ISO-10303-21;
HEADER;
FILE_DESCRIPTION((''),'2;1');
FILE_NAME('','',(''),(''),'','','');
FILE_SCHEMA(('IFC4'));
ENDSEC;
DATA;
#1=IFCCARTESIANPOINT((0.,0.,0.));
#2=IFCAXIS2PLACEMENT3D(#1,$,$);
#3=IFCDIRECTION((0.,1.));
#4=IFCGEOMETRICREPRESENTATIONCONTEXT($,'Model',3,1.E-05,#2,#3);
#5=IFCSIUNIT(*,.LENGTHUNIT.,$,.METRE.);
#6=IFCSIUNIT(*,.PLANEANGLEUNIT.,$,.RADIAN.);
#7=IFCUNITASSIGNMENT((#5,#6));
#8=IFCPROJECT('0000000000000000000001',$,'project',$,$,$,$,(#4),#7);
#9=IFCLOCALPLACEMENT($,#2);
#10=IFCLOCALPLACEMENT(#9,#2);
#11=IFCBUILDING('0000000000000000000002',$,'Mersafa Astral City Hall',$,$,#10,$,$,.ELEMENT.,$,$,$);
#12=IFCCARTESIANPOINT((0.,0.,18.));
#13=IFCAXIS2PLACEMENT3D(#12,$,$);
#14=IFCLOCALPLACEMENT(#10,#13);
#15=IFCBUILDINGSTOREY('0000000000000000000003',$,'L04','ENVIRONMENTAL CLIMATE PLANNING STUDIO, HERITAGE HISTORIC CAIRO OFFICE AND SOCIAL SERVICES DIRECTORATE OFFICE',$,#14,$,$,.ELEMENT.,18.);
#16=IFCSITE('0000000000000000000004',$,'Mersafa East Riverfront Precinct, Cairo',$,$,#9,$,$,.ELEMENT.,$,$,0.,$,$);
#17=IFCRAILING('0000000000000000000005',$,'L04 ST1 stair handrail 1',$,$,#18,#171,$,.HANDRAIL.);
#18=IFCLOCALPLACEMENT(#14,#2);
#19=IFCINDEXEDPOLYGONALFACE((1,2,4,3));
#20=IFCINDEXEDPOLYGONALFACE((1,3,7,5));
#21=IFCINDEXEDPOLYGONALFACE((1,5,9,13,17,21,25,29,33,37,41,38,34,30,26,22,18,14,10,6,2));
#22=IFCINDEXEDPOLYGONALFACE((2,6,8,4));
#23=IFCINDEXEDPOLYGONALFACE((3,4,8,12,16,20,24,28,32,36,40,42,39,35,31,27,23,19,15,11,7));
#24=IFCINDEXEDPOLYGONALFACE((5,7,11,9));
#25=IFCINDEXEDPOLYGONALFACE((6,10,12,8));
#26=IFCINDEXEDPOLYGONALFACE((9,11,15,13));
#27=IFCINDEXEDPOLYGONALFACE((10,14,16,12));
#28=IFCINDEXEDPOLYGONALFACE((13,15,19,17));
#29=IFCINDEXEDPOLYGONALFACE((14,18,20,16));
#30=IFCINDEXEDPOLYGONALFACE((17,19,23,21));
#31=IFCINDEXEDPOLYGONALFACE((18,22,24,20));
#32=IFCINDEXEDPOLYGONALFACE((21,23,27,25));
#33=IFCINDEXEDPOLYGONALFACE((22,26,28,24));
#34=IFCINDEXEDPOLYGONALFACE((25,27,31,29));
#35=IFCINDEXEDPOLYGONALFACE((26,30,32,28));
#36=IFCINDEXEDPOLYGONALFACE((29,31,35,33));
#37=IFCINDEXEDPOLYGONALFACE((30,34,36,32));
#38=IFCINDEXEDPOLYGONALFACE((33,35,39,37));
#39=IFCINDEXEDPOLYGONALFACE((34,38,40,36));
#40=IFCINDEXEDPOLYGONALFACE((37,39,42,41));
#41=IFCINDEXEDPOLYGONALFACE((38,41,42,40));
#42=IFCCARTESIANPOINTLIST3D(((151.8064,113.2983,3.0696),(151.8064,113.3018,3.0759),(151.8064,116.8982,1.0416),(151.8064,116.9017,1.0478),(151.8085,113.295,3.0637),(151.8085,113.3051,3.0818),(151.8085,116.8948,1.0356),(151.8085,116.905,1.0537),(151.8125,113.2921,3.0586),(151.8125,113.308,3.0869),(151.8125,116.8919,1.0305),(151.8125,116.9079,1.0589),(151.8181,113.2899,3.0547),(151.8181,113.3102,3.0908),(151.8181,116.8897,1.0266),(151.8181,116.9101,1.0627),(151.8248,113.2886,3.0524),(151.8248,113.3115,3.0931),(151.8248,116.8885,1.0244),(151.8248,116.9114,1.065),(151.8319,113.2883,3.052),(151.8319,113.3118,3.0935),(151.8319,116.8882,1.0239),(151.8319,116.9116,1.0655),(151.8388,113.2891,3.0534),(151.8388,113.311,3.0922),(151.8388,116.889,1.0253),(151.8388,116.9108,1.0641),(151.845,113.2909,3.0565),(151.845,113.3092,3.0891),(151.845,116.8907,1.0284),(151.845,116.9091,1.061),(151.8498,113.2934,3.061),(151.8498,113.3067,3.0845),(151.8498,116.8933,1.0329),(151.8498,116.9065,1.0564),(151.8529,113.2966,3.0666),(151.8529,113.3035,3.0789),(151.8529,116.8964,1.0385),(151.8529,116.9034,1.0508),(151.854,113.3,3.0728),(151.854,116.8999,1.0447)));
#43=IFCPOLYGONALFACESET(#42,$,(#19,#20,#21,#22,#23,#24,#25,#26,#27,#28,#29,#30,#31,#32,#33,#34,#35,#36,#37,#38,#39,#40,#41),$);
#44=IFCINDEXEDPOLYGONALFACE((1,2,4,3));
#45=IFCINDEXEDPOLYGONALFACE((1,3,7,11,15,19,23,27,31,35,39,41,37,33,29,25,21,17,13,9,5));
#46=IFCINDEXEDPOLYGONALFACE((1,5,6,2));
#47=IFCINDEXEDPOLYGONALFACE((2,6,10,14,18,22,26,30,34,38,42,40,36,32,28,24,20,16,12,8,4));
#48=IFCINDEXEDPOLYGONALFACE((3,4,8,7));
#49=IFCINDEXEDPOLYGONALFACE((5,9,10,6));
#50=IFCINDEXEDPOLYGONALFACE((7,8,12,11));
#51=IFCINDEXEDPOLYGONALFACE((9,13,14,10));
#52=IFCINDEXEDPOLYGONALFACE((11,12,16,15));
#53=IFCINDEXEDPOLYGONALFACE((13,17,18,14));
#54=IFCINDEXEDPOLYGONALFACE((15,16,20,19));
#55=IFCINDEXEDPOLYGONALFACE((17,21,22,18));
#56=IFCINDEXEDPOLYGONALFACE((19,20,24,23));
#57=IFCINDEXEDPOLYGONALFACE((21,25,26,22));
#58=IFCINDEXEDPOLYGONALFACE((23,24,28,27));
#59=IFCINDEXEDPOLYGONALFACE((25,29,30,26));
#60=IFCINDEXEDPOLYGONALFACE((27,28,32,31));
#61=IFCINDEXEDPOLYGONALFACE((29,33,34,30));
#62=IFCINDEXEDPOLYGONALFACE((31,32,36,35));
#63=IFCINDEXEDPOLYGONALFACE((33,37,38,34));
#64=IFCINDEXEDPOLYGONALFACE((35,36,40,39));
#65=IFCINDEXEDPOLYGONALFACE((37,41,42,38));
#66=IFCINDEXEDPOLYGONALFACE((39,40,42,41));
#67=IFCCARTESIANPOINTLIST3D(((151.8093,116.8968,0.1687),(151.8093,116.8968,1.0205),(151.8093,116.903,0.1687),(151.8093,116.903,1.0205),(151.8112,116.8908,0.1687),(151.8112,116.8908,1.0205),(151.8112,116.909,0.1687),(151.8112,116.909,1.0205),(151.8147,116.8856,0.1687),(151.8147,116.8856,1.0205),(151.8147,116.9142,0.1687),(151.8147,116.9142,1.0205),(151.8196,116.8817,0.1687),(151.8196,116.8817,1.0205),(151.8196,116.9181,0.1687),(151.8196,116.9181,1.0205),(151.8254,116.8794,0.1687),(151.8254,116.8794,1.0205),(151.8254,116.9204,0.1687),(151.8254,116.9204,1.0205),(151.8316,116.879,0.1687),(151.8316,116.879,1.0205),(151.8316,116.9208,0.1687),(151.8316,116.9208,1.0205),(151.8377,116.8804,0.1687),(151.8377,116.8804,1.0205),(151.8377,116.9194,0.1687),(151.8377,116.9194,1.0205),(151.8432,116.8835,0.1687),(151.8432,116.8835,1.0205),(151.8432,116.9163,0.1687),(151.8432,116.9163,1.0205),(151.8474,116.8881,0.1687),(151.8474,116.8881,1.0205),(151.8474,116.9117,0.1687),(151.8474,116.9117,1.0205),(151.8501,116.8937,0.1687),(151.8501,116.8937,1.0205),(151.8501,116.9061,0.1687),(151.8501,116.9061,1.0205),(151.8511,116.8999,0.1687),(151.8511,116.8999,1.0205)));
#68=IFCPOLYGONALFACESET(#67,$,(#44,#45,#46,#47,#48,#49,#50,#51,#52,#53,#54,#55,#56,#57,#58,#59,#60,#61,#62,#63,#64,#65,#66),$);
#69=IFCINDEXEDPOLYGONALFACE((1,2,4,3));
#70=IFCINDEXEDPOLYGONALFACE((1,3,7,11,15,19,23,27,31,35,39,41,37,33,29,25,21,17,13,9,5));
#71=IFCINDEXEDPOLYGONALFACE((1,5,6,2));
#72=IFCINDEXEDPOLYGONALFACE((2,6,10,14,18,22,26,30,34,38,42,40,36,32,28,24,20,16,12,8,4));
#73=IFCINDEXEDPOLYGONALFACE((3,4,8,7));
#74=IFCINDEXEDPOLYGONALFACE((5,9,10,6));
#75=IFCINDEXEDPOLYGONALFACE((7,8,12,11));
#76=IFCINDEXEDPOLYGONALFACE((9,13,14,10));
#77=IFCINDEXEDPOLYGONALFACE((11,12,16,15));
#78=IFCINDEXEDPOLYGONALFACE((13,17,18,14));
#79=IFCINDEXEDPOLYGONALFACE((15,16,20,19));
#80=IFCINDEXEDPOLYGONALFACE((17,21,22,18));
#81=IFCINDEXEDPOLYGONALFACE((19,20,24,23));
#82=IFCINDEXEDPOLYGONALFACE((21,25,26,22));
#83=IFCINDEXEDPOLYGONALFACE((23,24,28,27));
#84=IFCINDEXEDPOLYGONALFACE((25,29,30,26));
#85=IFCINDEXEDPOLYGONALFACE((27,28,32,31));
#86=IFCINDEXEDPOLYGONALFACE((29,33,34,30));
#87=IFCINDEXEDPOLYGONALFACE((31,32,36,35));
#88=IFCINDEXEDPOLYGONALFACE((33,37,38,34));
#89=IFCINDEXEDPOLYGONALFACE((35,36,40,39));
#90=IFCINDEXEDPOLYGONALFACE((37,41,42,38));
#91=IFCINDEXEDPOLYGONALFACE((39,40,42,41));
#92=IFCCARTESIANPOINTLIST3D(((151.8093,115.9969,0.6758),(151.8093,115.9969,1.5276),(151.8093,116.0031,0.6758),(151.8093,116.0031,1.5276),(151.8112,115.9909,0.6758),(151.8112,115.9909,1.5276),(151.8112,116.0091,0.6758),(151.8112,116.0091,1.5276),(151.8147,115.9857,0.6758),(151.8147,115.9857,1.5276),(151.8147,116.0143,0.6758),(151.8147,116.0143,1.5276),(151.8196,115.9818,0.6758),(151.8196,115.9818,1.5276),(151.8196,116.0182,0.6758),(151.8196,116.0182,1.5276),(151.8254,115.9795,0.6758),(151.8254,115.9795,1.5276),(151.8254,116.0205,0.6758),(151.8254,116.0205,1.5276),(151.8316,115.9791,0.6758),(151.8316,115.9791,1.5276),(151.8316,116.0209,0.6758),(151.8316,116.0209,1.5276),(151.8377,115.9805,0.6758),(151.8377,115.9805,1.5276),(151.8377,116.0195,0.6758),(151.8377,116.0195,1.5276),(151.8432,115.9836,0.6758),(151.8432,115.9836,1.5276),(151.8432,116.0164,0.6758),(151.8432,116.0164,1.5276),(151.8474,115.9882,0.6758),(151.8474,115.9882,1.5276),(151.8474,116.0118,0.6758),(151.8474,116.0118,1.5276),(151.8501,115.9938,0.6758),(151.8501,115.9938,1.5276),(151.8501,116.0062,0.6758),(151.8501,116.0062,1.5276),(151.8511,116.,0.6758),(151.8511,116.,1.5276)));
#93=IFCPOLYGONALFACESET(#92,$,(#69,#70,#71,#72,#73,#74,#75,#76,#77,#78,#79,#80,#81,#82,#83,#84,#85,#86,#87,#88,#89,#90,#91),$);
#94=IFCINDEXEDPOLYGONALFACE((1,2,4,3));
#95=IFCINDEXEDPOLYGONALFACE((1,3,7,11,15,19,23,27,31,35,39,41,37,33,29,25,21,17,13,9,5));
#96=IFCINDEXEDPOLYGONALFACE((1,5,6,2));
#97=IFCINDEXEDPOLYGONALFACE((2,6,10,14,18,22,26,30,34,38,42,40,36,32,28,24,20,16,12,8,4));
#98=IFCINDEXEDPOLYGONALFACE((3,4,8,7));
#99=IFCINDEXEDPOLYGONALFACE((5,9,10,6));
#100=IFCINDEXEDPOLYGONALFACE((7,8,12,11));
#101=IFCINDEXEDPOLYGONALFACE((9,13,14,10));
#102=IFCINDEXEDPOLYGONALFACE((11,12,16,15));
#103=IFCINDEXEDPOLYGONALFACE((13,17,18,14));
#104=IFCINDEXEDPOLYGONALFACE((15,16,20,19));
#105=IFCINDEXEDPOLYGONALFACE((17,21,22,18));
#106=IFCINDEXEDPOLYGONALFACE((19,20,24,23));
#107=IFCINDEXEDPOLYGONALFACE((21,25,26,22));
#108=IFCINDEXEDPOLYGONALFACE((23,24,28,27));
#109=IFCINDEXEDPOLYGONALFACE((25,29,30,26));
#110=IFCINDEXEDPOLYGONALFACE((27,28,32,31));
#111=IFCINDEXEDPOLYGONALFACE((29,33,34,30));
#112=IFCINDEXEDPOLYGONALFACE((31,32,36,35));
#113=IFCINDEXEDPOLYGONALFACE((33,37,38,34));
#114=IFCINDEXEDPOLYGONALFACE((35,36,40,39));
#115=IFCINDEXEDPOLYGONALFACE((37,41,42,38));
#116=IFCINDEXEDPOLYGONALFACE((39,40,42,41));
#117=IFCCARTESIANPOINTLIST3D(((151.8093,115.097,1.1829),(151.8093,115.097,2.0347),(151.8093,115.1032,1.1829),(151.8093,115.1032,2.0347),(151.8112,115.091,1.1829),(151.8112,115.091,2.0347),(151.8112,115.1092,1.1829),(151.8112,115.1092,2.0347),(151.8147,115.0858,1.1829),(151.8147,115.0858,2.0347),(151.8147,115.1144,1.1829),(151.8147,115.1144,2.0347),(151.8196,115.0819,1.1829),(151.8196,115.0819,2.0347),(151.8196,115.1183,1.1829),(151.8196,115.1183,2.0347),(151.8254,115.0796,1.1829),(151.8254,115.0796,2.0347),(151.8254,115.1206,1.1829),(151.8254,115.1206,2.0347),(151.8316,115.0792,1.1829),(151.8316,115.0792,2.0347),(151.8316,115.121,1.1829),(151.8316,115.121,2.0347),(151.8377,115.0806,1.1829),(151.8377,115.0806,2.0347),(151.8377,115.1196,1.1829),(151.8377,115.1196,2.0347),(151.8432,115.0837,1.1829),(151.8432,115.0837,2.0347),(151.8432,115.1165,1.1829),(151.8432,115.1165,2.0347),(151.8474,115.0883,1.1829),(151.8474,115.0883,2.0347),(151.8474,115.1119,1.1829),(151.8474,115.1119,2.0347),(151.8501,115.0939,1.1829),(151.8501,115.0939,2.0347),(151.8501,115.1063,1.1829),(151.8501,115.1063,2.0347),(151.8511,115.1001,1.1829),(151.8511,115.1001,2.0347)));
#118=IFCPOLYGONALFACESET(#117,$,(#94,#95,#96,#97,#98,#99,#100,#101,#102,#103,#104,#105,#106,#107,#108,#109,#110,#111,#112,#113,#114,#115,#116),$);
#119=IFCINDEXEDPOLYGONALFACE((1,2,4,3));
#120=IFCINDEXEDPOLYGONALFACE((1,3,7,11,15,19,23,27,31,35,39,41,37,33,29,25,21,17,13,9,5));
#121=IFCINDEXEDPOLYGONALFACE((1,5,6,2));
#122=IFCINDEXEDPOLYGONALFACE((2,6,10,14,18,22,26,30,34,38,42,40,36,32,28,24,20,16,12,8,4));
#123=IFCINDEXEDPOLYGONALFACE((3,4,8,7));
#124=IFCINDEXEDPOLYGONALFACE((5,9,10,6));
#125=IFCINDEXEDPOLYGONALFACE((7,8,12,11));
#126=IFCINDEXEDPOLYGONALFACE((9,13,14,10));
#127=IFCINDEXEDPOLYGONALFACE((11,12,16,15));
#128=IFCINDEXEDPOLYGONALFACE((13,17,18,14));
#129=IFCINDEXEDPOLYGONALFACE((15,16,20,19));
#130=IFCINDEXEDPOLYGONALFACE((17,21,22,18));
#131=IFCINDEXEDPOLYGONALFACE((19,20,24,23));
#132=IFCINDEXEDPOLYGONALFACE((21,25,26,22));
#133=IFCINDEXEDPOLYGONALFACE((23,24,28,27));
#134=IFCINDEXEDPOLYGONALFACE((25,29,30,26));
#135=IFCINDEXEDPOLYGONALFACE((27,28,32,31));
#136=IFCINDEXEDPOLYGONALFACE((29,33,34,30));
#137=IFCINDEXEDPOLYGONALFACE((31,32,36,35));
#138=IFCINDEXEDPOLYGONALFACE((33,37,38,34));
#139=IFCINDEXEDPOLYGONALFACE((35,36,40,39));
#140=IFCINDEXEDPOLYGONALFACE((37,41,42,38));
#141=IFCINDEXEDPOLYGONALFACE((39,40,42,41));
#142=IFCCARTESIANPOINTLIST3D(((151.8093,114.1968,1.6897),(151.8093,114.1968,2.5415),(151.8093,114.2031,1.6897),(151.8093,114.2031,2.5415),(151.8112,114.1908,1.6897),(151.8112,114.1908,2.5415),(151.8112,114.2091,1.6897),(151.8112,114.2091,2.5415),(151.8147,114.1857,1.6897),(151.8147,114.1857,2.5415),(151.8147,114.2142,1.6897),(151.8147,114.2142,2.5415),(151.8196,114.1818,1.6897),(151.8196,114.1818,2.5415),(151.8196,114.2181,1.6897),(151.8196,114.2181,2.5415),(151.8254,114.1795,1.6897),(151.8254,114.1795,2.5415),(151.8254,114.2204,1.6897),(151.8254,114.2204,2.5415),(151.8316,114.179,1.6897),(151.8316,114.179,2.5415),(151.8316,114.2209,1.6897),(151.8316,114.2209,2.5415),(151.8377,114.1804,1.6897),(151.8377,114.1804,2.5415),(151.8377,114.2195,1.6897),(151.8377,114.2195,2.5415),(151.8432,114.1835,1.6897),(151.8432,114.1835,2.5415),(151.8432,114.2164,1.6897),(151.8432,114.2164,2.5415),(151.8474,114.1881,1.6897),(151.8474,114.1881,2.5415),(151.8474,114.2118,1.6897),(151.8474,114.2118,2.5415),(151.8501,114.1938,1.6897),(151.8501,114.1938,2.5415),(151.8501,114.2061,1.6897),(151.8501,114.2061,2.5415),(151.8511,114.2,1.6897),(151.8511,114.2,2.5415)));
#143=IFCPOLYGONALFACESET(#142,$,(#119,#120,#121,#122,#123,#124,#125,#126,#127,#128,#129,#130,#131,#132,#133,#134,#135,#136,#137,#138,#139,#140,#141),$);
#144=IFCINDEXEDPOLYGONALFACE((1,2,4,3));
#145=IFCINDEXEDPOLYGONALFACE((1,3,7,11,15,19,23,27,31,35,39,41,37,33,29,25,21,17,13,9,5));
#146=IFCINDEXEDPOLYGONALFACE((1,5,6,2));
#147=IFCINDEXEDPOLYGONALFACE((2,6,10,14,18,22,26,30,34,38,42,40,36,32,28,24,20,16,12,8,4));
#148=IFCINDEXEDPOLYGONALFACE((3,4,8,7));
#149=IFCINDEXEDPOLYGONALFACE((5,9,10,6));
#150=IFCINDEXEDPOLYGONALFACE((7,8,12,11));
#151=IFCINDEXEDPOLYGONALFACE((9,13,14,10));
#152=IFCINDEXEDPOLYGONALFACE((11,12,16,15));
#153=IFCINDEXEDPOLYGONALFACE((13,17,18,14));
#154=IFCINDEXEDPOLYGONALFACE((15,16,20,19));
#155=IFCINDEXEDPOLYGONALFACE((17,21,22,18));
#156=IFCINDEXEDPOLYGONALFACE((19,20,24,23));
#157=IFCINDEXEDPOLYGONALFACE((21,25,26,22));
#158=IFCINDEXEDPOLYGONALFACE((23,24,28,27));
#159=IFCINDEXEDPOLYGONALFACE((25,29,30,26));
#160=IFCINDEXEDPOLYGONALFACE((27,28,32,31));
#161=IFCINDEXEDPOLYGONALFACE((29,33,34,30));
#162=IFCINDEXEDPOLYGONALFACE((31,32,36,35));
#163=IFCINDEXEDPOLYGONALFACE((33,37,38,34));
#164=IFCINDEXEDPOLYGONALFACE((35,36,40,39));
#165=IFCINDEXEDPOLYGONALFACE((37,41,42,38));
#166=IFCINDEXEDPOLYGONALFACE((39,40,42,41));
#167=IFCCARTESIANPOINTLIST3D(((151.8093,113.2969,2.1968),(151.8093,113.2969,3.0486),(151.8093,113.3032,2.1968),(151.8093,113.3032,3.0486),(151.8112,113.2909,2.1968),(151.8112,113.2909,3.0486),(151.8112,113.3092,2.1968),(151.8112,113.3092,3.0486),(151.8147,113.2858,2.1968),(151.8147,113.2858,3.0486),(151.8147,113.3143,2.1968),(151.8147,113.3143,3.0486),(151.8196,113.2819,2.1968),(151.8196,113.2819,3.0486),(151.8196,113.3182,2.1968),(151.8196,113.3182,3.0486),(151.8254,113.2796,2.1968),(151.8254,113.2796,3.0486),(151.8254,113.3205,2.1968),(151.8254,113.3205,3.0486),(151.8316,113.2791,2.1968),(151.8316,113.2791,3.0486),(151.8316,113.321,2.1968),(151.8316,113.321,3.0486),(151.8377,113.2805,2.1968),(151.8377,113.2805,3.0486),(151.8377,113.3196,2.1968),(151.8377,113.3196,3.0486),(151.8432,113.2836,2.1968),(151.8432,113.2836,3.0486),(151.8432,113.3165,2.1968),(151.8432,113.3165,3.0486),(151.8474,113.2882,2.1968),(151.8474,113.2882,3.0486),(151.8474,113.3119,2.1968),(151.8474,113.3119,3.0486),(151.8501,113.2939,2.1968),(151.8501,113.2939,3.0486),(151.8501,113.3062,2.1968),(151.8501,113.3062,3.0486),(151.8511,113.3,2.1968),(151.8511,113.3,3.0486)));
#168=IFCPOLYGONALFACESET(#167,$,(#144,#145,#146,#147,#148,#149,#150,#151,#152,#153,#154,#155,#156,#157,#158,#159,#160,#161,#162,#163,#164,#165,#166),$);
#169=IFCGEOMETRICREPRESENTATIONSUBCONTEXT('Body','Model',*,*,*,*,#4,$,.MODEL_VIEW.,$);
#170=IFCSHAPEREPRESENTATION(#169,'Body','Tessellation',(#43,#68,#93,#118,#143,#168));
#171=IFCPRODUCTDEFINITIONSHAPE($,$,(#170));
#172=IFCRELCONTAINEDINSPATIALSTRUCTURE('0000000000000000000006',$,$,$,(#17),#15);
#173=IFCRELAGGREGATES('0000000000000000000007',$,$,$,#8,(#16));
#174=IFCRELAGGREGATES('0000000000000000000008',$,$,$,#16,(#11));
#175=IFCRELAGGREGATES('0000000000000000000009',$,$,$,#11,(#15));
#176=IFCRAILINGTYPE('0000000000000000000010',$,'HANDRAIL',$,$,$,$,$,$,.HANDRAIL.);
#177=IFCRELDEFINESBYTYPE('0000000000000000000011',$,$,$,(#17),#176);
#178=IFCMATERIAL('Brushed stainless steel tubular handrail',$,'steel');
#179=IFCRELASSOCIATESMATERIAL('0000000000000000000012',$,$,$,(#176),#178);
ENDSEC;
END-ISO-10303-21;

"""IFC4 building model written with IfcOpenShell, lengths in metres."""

from ifc_helpers import new_model, si_unit, direction, frame, origin, origin_2d, place, context, subcontext, project, spatial, circle, extrude, material, type_object, element, save


model = new_model("IFC4")

# Units and contexts
model_context = context("Model", 3, precision=1e-05, world=origin(), true_north=direction((0.0, 1.0)))
body_context = subcontext(model_context, "Body", "Model", "MODEL_VIEW")
ifc_project = project(units=[si_unit("LENGTHUNIT", "METRE"), si_unit("PLANEANGLEUNIT", "RADIAN")], contexts=[model_context])

# Site, building, storey
site_placement = place(None, origin())
site = spatial("IfcSite", under=ifc_project, at=site_placement, Name="Mersafa East Riverfront Precinct, Cairo", CompositionType="ELEMENT", RefElevation=0.0)
building_placement = place(site_placement, origin())
building = spatial("IfcBuilding", under=site, at=building_placement, Name="Mersafa Astral City Hall", CompositionType="ELEMENT")
storey_placement = place(building_placement, frame((0.0, 0.0, 18.0)))
storey = spatial("IfcBuildingStorey", under=building, at=storey_placement, Name="L04", Description="ENVIRONMENTAL CLIMATE PLANNING STUDIO, HERITAGE HISTORIC CAIRO OFFICE AND SOCIAL SERVICES DIRECTORATE OFFICE", CompositionType="ELEMENT", Elevation=18.0)

# Railing
ifc_material_1 = material(Name="Brushed stainless steel tubular handrail", Category="steel")
railing_type = type_object("IfcRailingType", Name="HANDRAIL", PredefinedType="HANDRAIL", material=ifc_material_1)
railing_placement = place(storey_placement, frame((151.8301, 116.8999, 0.1687)))
element("IfcRailing", 1, at=railing_placement, inside=storey, type_object=railing_type, Name="L04 ST1 stair handrail 1", PredefinedType="HANDRAIL", context=body_context, shape_type="SweptSolid", body=[
    extrude(circle(Radius=0.0239, at=origin_2d()), frame((0.0, 0.0, 0.876), z_axis=(0.0, -0.871249, 0.490842), x_axis=(1.0, 0.0, 0.0)), (0.0, 0.0, 1.0), 4.1318),
    extrude(circle(Radius=0.021, at=origin_2d()), origin(), (0.0, 0.0, 1.0), 0.8518),
    extrude(circle(Radius=0.021, at=origin_2d()), frame((0.0, -0.8999, 0.5071)), (0.0, 0.0, 1.0), 0.8518),
    extrude(circle(Radius=0.021, at=origin_2d()), frame((0.0, -1.7998, 1.0142)), (0.0, 0.0, 1.0), 0.8518),
    extrude(circle(Radius=0.021, at=origin_2d()), frame((0.0, -2.7, 1.521)), (0.0, 0.0, 1.0), 0.8518),
    extrude(circle(Radius=0.021, at=origin_2d()), frame((0.0, -3.5999, 2.0281)), (0.0, 0.0, 1.0), 0.8518),
])

save(model, "model.ifc")
